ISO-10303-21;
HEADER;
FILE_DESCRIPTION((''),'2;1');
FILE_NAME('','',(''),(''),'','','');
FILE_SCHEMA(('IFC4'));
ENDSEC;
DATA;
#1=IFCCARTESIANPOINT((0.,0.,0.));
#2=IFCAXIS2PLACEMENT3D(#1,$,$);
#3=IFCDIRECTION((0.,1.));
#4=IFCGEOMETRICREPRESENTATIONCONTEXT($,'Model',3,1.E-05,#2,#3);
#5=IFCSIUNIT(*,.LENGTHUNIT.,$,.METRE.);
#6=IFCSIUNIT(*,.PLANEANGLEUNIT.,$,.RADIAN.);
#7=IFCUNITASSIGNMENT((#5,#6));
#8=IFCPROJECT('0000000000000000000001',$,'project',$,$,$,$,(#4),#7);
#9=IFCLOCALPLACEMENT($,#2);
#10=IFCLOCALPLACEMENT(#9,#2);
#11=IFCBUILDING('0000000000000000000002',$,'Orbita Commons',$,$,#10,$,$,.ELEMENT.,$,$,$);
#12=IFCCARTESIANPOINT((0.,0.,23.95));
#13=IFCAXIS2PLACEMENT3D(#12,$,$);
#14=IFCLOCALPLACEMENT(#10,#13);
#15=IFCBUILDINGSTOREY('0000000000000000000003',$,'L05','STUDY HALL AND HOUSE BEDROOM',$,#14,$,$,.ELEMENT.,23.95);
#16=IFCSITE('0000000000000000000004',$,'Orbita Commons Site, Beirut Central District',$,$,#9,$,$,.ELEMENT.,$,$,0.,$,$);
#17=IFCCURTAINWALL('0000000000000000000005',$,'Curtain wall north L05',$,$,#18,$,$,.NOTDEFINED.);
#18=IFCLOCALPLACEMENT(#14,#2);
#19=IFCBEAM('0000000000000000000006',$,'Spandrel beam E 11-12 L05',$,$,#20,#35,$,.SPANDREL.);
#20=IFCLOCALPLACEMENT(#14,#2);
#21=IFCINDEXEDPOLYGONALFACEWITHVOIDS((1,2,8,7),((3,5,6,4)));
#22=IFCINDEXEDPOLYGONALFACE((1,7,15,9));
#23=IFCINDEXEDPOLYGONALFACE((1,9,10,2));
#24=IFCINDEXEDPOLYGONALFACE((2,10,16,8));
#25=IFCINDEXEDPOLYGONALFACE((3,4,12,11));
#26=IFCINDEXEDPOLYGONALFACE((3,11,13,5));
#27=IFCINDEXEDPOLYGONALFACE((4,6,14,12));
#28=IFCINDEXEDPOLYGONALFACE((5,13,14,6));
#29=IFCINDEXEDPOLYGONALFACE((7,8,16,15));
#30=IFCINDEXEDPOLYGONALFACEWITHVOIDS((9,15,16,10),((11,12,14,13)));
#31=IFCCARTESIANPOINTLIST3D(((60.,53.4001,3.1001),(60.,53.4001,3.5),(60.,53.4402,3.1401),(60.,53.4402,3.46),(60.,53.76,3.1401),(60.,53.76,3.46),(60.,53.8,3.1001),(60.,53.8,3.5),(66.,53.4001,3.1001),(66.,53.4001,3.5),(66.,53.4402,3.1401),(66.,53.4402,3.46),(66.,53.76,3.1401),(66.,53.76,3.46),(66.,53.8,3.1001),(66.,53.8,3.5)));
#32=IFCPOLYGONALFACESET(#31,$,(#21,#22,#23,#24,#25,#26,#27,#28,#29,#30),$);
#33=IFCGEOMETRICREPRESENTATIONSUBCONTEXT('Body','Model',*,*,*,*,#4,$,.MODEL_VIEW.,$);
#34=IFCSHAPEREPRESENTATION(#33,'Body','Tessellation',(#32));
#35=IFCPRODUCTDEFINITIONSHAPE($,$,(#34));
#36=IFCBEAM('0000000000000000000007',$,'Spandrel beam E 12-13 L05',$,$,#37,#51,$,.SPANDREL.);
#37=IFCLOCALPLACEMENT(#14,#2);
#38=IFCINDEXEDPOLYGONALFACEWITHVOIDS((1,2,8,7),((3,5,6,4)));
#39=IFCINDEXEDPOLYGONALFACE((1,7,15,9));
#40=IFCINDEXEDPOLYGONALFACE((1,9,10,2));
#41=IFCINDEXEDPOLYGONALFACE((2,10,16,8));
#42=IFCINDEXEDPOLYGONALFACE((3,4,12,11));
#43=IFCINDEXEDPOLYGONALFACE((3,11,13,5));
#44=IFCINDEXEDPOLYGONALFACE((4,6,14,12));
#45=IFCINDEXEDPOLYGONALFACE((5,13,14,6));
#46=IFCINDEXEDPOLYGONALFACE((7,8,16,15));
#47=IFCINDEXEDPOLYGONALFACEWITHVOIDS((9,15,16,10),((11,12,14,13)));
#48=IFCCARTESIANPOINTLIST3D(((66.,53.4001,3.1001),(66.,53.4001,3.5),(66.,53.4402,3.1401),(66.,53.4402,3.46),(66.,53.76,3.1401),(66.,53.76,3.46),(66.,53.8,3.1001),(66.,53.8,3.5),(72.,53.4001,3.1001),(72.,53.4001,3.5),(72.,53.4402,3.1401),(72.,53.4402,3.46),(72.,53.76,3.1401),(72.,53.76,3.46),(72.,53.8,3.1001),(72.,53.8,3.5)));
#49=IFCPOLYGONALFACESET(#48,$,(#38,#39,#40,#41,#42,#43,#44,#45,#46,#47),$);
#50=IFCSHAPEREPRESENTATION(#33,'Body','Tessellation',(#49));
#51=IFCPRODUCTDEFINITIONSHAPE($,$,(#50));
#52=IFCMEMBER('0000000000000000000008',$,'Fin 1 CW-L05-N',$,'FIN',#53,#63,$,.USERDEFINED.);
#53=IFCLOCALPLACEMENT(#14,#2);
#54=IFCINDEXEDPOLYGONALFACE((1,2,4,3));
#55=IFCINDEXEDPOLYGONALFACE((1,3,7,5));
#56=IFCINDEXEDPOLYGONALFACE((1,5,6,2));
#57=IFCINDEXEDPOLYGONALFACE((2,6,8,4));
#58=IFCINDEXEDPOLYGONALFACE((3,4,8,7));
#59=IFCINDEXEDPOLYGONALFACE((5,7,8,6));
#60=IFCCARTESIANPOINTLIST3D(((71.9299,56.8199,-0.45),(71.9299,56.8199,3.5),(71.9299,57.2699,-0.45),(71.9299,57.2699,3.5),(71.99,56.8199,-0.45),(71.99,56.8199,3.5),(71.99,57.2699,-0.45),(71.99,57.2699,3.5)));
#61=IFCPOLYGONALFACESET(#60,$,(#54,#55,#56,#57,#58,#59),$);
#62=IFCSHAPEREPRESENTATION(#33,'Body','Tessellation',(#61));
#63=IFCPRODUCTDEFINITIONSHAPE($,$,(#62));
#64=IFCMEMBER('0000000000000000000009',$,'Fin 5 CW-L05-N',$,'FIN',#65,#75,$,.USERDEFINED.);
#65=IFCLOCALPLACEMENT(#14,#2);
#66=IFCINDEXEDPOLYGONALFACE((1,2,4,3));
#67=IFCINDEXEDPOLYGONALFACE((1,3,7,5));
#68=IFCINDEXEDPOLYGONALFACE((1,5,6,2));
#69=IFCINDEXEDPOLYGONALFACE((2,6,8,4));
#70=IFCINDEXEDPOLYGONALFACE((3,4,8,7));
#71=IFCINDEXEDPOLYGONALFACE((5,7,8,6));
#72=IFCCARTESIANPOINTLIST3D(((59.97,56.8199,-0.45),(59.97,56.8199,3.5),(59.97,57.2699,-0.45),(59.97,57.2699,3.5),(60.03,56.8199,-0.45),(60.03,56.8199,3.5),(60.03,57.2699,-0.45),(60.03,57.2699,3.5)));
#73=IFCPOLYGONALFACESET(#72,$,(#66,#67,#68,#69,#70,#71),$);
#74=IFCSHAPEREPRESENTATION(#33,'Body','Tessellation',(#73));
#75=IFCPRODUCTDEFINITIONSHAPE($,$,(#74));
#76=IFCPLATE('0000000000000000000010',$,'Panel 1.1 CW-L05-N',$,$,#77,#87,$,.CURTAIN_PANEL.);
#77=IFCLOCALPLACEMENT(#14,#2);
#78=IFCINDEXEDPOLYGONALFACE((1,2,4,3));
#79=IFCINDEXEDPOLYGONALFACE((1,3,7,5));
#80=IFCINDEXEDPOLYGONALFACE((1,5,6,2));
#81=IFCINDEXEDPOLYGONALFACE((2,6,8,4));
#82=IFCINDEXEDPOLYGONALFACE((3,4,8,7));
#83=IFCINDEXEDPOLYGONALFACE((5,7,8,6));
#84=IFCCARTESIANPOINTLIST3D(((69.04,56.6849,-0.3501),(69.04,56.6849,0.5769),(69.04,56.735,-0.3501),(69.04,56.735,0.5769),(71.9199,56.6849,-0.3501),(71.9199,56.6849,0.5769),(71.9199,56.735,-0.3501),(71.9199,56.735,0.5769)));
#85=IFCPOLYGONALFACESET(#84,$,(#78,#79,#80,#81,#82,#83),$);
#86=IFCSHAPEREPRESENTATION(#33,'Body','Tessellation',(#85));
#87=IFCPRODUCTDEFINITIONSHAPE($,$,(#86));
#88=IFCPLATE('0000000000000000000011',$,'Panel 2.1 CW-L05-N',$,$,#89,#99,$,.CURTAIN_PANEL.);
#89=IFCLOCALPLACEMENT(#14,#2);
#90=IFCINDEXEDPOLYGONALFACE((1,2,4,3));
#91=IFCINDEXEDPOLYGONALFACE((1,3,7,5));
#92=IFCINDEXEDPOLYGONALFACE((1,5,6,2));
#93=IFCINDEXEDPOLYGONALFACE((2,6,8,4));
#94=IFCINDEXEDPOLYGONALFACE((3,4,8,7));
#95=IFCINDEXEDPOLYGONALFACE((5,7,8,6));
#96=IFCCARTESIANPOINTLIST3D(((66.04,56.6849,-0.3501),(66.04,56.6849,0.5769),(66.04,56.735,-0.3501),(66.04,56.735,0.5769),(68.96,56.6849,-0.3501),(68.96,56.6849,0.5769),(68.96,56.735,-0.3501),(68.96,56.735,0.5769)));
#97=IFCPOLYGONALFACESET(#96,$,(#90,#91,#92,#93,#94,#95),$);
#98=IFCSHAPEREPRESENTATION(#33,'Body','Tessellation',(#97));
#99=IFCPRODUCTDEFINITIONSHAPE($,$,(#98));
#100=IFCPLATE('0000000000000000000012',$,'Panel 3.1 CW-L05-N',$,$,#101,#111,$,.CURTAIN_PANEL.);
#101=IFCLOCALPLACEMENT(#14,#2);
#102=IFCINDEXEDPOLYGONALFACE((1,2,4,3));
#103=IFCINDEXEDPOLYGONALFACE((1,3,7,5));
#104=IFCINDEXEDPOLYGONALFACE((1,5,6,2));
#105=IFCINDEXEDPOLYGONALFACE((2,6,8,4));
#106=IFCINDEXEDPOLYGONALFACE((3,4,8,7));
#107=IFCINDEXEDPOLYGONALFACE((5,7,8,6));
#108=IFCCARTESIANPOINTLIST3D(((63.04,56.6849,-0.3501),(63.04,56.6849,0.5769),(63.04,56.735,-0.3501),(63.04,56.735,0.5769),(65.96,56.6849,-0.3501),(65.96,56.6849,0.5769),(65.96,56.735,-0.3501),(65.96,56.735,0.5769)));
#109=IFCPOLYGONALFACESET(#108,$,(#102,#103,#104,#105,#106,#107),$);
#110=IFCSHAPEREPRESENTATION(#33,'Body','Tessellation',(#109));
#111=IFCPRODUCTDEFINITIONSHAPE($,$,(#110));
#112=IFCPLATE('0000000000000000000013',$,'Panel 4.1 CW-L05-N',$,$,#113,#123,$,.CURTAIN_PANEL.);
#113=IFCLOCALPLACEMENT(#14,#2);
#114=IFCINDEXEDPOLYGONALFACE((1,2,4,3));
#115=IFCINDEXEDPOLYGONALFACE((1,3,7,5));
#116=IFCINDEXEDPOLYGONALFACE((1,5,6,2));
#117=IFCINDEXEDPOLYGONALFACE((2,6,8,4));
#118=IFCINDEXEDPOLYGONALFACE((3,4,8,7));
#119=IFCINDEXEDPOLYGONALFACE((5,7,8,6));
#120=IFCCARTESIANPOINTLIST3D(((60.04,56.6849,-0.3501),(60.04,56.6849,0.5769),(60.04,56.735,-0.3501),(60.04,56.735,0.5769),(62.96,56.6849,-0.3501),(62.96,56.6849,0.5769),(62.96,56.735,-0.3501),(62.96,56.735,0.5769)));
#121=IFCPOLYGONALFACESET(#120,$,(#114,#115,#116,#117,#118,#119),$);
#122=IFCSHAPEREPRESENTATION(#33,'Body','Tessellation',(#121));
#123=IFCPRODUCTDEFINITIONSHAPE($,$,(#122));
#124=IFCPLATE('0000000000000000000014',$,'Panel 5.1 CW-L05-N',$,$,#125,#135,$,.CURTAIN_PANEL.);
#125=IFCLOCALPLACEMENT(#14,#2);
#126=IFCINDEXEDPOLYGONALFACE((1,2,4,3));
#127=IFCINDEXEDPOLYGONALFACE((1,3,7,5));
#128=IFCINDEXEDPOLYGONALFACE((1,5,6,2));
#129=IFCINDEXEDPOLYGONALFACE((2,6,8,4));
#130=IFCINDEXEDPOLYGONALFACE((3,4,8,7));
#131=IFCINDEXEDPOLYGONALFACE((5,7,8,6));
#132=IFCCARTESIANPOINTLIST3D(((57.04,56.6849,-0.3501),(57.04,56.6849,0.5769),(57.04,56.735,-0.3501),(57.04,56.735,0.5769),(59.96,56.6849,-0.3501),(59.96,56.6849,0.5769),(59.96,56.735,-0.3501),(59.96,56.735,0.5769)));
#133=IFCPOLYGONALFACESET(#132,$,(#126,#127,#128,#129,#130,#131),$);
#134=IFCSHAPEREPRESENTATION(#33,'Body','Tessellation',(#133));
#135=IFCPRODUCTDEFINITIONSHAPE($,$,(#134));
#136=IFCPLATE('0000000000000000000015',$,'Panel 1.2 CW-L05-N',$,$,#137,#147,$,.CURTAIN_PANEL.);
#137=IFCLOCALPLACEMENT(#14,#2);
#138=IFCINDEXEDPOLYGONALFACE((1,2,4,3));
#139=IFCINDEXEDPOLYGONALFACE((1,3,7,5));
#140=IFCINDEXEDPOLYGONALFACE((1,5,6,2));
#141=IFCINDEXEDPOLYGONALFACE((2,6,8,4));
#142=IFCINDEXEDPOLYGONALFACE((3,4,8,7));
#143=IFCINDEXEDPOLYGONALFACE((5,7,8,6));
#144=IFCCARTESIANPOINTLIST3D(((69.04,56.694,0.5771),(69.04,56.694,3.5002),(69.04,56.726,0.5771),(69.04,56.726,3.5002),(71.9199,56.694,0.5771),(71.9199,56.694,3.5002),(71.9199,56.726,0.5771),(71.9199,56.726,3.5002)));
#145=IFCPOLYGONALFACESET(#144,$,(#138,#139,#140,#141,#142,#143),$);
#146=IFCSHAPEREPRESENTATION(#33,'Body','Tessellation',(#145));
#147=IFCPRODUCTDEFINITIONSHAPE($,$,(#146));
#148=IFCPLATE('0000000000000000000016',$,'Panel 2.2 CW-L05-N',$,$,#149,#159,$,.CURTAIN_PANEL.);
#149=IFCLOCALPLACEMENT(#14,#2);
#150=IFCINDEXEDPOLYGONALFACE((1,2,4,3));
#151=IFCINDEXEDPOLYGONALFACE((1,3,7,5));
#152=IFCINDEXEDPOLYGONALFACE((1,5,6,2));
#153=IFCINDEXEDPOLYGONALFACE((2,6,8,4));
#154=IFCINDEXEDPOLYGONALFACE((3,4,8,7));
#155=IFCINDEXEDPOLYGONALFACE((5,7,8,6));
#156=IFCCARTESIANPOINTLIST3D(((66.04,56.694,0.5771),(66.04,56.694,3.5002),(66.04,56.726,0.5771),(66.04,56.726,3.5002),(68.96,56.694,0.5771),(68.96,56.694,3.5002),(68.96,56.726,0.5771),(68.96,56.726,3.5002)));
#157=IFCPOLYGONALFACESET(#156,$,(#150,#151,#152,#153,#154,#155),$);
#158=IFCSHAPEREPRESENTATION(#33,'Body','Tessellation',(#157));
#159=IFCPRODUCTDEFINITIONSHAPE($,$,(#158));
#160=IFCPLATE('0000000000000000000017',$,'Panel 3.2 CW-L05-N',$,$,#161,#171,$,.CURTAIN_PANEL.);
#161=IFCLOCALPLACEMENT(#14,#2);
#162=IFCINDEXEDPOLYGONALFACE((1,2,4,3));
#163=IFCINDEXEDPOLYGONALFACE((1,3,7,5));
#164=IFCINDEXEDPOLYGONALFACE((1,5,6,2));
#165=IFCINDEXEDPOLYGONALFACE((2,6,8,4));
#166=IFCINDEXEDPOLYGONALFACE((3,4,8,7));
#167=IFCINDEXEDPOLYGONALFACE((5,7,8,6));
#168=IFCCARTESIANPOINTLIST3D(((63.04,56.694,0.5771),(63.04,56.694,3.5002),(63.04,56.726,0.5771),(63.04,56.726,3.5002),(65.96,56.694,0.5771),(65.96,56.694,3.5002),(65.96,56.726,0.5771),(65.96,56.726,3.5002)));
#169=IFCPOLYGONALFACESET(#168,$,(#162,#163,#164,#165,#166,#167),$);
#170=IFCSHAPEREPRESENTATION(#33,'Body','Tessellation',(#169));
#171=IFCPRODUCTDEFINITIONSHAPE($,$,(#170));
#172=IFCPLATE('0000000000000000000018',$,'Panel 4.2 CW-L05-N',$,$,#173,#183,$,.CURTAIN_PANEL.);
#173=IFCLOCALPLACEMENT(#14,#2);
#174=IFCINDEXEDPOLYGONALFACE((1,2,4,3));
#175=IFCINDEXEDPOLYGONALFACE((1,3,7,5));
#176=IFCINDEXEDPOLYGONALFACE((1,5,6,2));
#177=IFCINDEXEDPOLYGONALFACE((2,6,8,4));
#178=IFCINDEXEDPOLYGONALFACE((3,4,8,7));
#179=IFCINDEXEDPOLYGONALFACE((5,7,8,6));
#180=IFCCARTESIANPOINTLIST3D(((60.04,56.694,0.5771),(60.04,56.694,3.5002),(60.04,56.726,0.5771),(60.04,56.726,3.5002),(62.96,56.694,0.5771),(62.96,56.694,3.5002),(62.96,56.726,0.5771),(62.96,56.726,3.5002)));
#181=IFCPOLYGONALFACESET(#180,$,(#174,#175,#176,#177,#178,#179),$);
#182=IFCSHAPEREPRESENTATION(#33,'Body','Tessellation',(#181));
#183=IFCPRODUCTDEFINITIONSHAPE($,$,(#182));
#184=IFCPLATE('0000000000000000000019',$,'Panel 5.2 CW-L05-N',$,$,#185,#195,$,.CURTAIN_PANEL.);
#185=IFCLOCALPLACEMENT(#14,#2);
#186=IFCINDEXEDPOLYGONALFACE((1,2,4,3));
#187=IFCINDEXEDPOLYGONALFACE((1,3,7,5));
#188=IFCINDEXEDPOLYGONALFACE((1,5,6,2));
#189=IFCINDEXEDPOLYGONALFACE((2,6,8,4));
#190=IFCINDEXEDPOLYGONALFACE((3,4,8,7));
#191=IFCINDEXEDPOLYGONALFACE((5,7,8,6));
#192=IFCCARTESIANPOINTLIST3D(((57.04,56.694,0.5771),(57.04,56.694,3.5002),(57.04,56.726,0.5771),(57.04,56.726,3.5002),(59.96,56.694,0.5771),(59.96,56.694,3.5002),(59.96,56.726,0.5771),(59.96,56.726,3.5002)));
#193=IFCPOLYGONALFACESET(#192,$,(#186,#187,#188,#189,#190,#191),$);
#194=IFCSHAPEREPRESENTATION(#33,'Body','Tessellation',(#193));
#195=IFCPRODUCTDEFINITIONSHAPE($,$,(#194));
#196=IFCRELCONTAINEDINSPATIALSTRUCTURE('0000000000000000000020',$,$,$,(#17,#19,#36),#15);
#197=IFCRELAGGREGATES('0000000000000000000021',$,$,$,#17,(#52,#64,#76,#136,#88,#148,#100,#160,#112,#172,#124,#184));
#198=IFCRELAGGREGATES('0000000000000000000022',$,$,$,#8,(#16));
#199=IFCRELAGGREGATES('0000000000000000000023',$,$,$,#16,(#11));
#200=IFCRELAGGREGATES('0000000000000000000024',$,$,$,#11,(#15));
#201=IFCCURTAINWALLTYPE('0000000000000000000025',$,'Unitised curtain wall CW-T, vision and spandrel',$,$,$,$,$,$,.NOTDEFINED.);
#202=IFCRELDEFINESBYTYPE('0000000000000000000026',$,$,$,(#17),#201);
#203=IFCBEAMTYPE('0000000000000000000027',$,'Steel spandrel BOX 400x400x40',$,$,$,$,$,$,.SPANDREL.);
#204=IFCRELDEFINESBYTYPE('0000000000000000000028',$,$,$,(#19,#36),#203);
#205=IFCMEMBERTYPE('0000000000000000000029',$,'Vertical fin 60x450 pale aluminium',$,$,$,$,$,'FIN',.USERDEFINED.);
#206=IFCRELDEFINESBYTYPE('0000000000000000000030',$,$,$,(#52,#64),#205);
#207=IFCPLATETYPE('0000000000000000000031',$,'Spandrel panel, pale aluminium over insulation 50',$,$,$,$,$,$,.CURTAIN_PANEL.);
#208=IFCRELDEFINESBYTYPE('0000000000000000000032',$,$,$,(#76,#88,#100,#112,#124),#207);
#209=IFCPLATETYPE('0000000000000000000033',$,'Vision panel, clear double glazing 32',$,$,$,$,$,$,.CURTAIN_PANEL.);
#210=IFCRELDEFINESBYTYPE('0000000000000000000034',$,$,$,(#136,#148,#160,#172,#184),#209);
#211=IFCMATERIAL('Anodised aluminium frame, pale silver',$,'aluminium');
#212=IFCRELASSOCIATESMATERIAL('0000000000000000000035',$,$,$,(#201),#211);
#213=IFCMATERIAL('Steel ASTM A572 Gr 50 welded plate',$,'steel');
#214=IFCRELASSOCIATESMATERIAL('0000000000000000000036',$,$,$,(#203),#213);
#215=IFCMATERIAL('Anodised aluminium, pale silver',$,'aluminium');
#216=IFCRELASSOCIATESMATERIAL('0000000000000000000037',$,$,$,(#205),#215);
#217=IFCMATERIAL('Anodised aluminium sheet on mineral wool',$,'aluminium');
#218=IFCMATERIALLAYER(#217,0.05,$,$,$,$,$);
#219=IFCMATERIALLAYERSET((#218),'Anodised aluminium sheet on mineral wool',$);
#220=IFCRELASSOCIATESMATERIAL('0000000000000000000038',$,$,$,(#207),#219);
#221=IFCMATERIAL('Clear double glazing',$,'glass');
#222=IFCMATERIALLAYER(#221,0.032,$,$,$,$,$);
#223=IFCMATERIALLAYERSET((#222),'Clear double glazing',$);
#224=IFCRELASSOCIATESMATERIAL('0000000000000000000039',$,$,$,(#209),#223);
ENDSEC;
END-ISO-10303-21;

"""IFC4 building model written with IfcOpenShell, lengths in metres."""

from ifc_helpers import new_model, si_unit, direction, frame, origin, origin_2d, place, context, subcontext, project, spatial, rectangle, hollow_rectangle, extrude, material, layer, layer_set, material_profile, profile_set, type_object, element, aggregate, save


model = new_model("IFC4")

# Units and contexts
model_context = context("Model", 3, precision=1e-05, world=origin(), true_north=direction((0.0, 1.0)))
body_context = subcontext(model_context, "Body", "Model", "MODEL_VIEW")
ifc_project = project(units=[si_unit("LENGTHUNIT", "METRE"), si_unit("PLANEANGLEUNIT", "RADIAN")], contexts=[model_context])

# Site, building, storey
site_placement = place(None, origin())
site = spatial("IfcSite", under=ifc_project, at=site_placement, Name="Orbita Commons Site, Beirut Central District", CompositionType="ELEMENT", RefElevation=0.0)
building_placement = place(site_placement, origin())
building = spatial("IfcBuilding", under=site, at=building_placement, Name="Orbita Commons", CompositionType="ELEMENT")
storey_placement = place(building_placement, frame((0.0, 0.0, 23.95)))
storey = spatial("IfcBuildingStorey", under=building, at=storey_placement, Name="L05", Description="STUDY HALL AND HOUSE BEDROOM", CompositionType="ELEMENT", Elevation=23.95)

# Curtain wall
ifc_material_1 = material(Name="Anodised aluminium frame, pale silver", Category="aluminium")
curtain_wall_type = type_object("IfcCurtainWallType", Name="Unitised curtain wall CW-T, vision and spandrel", PredefinedType="NOTDEFINED", material=ifc_material_1)
curtain_wall_placement = place(storey_placement, origin())
curtain_wall = element("IfcCurtainWall", 1, at=curtain_wall_placement, inside=storey, type_object=curtain_wall_type, Name="Curtain wall north L05", PredefinedType="NOTDEFINED")

# Beams
ifc_material_2 = material(Name="Steel ASTM A572 Gr 50 welded plate", Category="steel")
ifc_material_profile_1 = material_profile(ifc_material_2, hollow_rectangle(XDim=0.3999, YDim=0.3999, WallThickness=0.04, at=origin_2d()), Name="BOX 400x400x40")
ifc_profile_set_1 = profile_set([ifc_material_profile_1], Name="Steel ASTM A572 Gr 50 welded plate")
beam_type = type_object("IfcBeamType", Name="Steel spandrel BOX 400x400x40", PredefinedType="SPANDREL", material=ifc_profile_set_1)
for number, where, z_axis, x_axis, name in (
    (2, (60.0, 53.6001, 3.3), (1.0, 0.0, 0.0), (0.0, 1.0, 0.0), "Spandrel beam E 11-12 L05"),
    (3, (66.0, 53.6001, 3.3), (1.0, 0.0, 0.0), (0.0, 1.0, 0.0), "Spandrel beam E 12-13 L05"),
):
    element("IfcBeam", number, at=place(storey_placement, frame(where, z_axis=z_axis, x_axis=x_axis)), inside=storey, type_object=beam_type, Name=name, PredefinedType="SPANDREL", context=body_context, shape_type="SweptSolid", body=[
        extrude(hollow_rectangle(XDim=0.3999, YDim=0.3999, WallThickness=0.04, at=origin_2d()), origin(), (0.0, 0.0, 1.0), 6.0),
    ])

# Members
ifc_material_3 = material(Name="Anodised aluminium, pale silver", Category="aluminium")
ifc_material_profile_2 = material_profile(ifc_material_3, rectangle(XDim=0.0601, YDim=0.45, at=origin_2d()), Name="FIN 60x450")
ifc_profile_set_2 = profile_set([ifc_material_profile_2], Name="Anodised aluminium, pale silver")
member_type_1 = type_object("IfcMemberType", Name="Vertical fin 60x450 pale aluminium", ElementType="FIN", PredefinedType="USERDEFINED", material=ifc_profile_set_2)
member_1_placement = place(storey_placement, frame((71.96, 57.0449, -0.45), z_axis=(0.0, 0.0, 1.0), x_axis=(-1.0, 0.0, 0.0)))
member_1 = element("IfcMember", 4, at=member_1_placement, type_object=member_type_1, Name="Fin 1 CW-L05-N", ObjectType="FIN", PredefinedType="USERDEFINED", context=body_context, shape_type="SweptSolid", body=[
    extrude(rectangle(XDim=0.0601, YDim=0.45, at=origin_2d()), origin(), (0.0, 0.0, 1.0), 3.95),
])
member_2_placement = place(storey_placement, frame((60.0, 57.0449, -0.45), z_axis=(0.0, 0.0, 1.0), x_axis=(-1.0, 0.0, 0.0)))
member_2 = element("IfcMember", 5, at=member_2_placement, type_object=member_type_1, Name="Fin 5 CW-L05-N", ObjectType="FIN", PredefinedType="USERDEFINED", context=body_context, shape_type="SweptSolid", body=[
    extrude(rectangle(XDim=0.0601, YDim=0.45, at=origin_2d()), origin(), (0.0, 0.0, 1.0), 3.95),
])

# Plates
ifc_material_4 = material(Name="Anodised aluminium sheet on mineral wool", Category="aluminium")
ifc_layer_1 = layer(ifc_material_4, 0.05)
ifc_layer_set_1 = layer_set([ifc_layer_1], Name="Anodised aluminium sheet on mineral wool")
plate_type_1 = type_object("IfcPlateType", Name="Spandrel panel, pale aluminium over insulation 50", PredefinedType="CURTAIN_PANEL", material=ifc_layer_set_1)
plate_1_placement = place(storey_placement, frame((70.48, 56.71, -0.3501), z_axis=(0.0, 0.0, 1.0), x_axis=(-1.0, 0.0, 0.0)))
plate_1 = element("IfcPlate", 6, at=plate_1_placement, type_object=plate_type_1, Name="Panel 1.1 CW-L05-N", PredefinedType="CURTAIN_PANEL", context=body_context, shape_type="SweptSolid", body=[
    extrude(rectangle(XDim=2.8799, YDim=0.05, at=origin_2d()), origin(), (0.0, 0.0, 1.0), 0.927),
])
plate_2_placement = place(storey_placement, frame((67.5, 56.71, -0.3501), z_axis=(0.0, 0.0, 1.0), x_axis=(-1.0, 0.0, 0.0)))
plate_2 = element("IfcPlate", 7, at=plate_2_placement, type_object=plate_type_1, Name="Panel 2.1 CW-L05-N", PredefinedType="CURTAIN_PANEL", context=body_context, shape_type="SweptSolid", body=[
    extrude(rectangle(XDim=2.9199, YDim=0.05, at=origin_2d()), origin(), (0.0, 0.0, 1.0), 0.927),
])
plate_3_placement = place(storey_placement, frame((64.5, 56.71, -0.3501), z_axis=(0.0, 0.0, 1.0), x_axis=(-1.0, 0.0, 0.0)))
plate_3 = element("IfcPlate", 8, at=plate_3_placement, type_object=plate_type_1, Name="Panel 3.1 CW-L05-N", PredefinedType="CURTAIN_PANEL", context=body_context, shape_type="SweptSolid", body=[
    extrude(rectangle(XDim=2.9199, YDim=0.05, at=origin_2d()), origin(), (0.0, 0.0, 1.0), 0.927),
])
plate_4_placement = place(storey_placement, frame((61.5, 56.71, -0.3501), z_axis=(0.0, 0.0, 1.0), x_axis=(-1.0, 0.0, 0.0)))
plate_4 = element("IfcPlate", 9, at=plate_4_placement, type_object=plate_type_1, Name="Panel 4.1 CW-L05-N", PredefinedType="CURTAIN_PANEL", context=body_context, shape_type="SweptSolid", body=[
    extrude(rectangle(XDim=2.9199, YDim=0.05, at=origin_2d()), origin(), (0.0, 0.0, 1.0), 0.927),
])
plate_5_placement = place(storey_placement, frame((58.5, 56.71, -0.3501), z_axis=(0.0, 0.0, 1.0), x_axis=(-1.0, 0.0, 0.0)))
plate_5 = element("IfcPlate", 10, at=plate_5_placement, type_object=plate_type_1, Name="Panel 5.1 CW-L05-N", PredefinedType="CURTAIN_PANEL", context=body_context, shape_type="SweptSolid", body=[
    extrude(rectangle(XDim=2.9199, YDim=0.05, at=origin_2d()), origin(), (0.0, 0.0, 1.0), 0.927),
])
ifc_material_5 = material(Name="Clear double glazing", Category="glass")
ifc_layer_2 = layer(ifc_material_5, 0.032)
ifc_layer_set_2 = layer_set([ifc_layer_2], Name="Clear double glazing")
plate_type_2 = type_object("IfcPlateType", Name="Vision panel, clear double glazing 32", PredefinedType="CURTAIN_PANEL", material=ifc_layer_set_2)
plate_6_placement = place(storey_placement, frame((70.48, 56.71, 0.5771), z_axis=(0.0, 0.0, 1.0), x_axis=(-1.0, 0.0, 0.0)))
plate_6 = element("IfcPlate", 11, at=plate_6_placement, type_object=plate_type_2, Name="Panel 1.2 CW-L05-N", PredefinedType="CURTAIN_PANEL", context=body_context, shape_type="SweptSolid", body=[
    extrude(rectangle(XDim=2.8799, YDim=0.032, at=origin_2d()), origin(), (0.0, 0.0, 1.0), 2.9231),
])
plate_7_placement = place(storey_placement, frame((67.5, 56.71, 0.5771), z_axis=(0.0, 0.0, 1.0), x_axis=(-1.0, 0.0, 0.0)))
plate_7 = element("IfcPlate", 12, at=plate_7_placement, type_object=plate_type_2, Name="Panel 2.2 CW-L05-N", PredefinedType="CURTAIN_PANEL", context=body_context, shape_type="SweptSolid", body=[
    extrude(rectangle(XDim=2.9199, YDim=0.032, at=origin_2d()), origin(), (0.0, 0.0, 1.0), 2.9231),
])
plate_8_placement = place(storey_placement, frame((64.5, 56.71, 0.5771), z_axis=(0.0, 0.0, 1.0), x_axis=(-1.0, 0.0, 0.0)))
plate_8 = element("IfcPlate", 13, at=plate_8_placement, type_object=plate_type_2, Name="Panel 3.2 CW-L05-N", PredefinedType="CURTAIN_PANEL", context=body_context, shape_type="SweptSolid", body=[
    extrude(rectangle(XDim=2.9199, YDim=0.032, at=origin_2d()), origin(), (0.0, 0.0, 1.0), 2.9231),
])
plate_9_placement = place(storey_placement, frame((61.5, 56.71, 0.5771), z_axis=(0.0, 0.0, 1.0), x_axis=(-1.0, 0.0, 0.0)))
plate_9 = element("IfcPlate", 14, at=plate_9_placement, type_object=plate_type_2, Name="Panel 4.2 CW-L05-N", PredefinedType="CURTAIN_PANEL", context=body_context, shape_type="SweptSolid", body=[
    extrude(rectangle(XDim=2.9199, YDim=0.032, at=origin_2d()), origin(), (0.0, 0.0, 1.0), 2.9231),
])
plate_10_placement = place(storey_placement, frame((58.5, 56.71, 0.5771), z_axis=(0.0, 0.0, 1.0), x_axis=(-1.0, 0.0, 0.0)))
plate_10 = element("IfcPlate", 15, at=plate_10_placement, type_object=plate_type_2, Name="Panel 5.2 CW-L05-N", PredefinedType="CURTAIN_PANEL", context=body_context, shape_type="SweptSolid", body=[
    extrude(rectangle(XDim=2.9199, YDim=0.032, at=origin_2d()), origin(), (0.0, 0.0, 1.0), 2.9231),
])
aggregate(curtain_wall, [member_1, member_2, plate_1, plate_6, plate_2, plate_7, plate_3, plate_8, plate_4, plate_9, plate_5, plate_10])

save(model, "model.ifc")
